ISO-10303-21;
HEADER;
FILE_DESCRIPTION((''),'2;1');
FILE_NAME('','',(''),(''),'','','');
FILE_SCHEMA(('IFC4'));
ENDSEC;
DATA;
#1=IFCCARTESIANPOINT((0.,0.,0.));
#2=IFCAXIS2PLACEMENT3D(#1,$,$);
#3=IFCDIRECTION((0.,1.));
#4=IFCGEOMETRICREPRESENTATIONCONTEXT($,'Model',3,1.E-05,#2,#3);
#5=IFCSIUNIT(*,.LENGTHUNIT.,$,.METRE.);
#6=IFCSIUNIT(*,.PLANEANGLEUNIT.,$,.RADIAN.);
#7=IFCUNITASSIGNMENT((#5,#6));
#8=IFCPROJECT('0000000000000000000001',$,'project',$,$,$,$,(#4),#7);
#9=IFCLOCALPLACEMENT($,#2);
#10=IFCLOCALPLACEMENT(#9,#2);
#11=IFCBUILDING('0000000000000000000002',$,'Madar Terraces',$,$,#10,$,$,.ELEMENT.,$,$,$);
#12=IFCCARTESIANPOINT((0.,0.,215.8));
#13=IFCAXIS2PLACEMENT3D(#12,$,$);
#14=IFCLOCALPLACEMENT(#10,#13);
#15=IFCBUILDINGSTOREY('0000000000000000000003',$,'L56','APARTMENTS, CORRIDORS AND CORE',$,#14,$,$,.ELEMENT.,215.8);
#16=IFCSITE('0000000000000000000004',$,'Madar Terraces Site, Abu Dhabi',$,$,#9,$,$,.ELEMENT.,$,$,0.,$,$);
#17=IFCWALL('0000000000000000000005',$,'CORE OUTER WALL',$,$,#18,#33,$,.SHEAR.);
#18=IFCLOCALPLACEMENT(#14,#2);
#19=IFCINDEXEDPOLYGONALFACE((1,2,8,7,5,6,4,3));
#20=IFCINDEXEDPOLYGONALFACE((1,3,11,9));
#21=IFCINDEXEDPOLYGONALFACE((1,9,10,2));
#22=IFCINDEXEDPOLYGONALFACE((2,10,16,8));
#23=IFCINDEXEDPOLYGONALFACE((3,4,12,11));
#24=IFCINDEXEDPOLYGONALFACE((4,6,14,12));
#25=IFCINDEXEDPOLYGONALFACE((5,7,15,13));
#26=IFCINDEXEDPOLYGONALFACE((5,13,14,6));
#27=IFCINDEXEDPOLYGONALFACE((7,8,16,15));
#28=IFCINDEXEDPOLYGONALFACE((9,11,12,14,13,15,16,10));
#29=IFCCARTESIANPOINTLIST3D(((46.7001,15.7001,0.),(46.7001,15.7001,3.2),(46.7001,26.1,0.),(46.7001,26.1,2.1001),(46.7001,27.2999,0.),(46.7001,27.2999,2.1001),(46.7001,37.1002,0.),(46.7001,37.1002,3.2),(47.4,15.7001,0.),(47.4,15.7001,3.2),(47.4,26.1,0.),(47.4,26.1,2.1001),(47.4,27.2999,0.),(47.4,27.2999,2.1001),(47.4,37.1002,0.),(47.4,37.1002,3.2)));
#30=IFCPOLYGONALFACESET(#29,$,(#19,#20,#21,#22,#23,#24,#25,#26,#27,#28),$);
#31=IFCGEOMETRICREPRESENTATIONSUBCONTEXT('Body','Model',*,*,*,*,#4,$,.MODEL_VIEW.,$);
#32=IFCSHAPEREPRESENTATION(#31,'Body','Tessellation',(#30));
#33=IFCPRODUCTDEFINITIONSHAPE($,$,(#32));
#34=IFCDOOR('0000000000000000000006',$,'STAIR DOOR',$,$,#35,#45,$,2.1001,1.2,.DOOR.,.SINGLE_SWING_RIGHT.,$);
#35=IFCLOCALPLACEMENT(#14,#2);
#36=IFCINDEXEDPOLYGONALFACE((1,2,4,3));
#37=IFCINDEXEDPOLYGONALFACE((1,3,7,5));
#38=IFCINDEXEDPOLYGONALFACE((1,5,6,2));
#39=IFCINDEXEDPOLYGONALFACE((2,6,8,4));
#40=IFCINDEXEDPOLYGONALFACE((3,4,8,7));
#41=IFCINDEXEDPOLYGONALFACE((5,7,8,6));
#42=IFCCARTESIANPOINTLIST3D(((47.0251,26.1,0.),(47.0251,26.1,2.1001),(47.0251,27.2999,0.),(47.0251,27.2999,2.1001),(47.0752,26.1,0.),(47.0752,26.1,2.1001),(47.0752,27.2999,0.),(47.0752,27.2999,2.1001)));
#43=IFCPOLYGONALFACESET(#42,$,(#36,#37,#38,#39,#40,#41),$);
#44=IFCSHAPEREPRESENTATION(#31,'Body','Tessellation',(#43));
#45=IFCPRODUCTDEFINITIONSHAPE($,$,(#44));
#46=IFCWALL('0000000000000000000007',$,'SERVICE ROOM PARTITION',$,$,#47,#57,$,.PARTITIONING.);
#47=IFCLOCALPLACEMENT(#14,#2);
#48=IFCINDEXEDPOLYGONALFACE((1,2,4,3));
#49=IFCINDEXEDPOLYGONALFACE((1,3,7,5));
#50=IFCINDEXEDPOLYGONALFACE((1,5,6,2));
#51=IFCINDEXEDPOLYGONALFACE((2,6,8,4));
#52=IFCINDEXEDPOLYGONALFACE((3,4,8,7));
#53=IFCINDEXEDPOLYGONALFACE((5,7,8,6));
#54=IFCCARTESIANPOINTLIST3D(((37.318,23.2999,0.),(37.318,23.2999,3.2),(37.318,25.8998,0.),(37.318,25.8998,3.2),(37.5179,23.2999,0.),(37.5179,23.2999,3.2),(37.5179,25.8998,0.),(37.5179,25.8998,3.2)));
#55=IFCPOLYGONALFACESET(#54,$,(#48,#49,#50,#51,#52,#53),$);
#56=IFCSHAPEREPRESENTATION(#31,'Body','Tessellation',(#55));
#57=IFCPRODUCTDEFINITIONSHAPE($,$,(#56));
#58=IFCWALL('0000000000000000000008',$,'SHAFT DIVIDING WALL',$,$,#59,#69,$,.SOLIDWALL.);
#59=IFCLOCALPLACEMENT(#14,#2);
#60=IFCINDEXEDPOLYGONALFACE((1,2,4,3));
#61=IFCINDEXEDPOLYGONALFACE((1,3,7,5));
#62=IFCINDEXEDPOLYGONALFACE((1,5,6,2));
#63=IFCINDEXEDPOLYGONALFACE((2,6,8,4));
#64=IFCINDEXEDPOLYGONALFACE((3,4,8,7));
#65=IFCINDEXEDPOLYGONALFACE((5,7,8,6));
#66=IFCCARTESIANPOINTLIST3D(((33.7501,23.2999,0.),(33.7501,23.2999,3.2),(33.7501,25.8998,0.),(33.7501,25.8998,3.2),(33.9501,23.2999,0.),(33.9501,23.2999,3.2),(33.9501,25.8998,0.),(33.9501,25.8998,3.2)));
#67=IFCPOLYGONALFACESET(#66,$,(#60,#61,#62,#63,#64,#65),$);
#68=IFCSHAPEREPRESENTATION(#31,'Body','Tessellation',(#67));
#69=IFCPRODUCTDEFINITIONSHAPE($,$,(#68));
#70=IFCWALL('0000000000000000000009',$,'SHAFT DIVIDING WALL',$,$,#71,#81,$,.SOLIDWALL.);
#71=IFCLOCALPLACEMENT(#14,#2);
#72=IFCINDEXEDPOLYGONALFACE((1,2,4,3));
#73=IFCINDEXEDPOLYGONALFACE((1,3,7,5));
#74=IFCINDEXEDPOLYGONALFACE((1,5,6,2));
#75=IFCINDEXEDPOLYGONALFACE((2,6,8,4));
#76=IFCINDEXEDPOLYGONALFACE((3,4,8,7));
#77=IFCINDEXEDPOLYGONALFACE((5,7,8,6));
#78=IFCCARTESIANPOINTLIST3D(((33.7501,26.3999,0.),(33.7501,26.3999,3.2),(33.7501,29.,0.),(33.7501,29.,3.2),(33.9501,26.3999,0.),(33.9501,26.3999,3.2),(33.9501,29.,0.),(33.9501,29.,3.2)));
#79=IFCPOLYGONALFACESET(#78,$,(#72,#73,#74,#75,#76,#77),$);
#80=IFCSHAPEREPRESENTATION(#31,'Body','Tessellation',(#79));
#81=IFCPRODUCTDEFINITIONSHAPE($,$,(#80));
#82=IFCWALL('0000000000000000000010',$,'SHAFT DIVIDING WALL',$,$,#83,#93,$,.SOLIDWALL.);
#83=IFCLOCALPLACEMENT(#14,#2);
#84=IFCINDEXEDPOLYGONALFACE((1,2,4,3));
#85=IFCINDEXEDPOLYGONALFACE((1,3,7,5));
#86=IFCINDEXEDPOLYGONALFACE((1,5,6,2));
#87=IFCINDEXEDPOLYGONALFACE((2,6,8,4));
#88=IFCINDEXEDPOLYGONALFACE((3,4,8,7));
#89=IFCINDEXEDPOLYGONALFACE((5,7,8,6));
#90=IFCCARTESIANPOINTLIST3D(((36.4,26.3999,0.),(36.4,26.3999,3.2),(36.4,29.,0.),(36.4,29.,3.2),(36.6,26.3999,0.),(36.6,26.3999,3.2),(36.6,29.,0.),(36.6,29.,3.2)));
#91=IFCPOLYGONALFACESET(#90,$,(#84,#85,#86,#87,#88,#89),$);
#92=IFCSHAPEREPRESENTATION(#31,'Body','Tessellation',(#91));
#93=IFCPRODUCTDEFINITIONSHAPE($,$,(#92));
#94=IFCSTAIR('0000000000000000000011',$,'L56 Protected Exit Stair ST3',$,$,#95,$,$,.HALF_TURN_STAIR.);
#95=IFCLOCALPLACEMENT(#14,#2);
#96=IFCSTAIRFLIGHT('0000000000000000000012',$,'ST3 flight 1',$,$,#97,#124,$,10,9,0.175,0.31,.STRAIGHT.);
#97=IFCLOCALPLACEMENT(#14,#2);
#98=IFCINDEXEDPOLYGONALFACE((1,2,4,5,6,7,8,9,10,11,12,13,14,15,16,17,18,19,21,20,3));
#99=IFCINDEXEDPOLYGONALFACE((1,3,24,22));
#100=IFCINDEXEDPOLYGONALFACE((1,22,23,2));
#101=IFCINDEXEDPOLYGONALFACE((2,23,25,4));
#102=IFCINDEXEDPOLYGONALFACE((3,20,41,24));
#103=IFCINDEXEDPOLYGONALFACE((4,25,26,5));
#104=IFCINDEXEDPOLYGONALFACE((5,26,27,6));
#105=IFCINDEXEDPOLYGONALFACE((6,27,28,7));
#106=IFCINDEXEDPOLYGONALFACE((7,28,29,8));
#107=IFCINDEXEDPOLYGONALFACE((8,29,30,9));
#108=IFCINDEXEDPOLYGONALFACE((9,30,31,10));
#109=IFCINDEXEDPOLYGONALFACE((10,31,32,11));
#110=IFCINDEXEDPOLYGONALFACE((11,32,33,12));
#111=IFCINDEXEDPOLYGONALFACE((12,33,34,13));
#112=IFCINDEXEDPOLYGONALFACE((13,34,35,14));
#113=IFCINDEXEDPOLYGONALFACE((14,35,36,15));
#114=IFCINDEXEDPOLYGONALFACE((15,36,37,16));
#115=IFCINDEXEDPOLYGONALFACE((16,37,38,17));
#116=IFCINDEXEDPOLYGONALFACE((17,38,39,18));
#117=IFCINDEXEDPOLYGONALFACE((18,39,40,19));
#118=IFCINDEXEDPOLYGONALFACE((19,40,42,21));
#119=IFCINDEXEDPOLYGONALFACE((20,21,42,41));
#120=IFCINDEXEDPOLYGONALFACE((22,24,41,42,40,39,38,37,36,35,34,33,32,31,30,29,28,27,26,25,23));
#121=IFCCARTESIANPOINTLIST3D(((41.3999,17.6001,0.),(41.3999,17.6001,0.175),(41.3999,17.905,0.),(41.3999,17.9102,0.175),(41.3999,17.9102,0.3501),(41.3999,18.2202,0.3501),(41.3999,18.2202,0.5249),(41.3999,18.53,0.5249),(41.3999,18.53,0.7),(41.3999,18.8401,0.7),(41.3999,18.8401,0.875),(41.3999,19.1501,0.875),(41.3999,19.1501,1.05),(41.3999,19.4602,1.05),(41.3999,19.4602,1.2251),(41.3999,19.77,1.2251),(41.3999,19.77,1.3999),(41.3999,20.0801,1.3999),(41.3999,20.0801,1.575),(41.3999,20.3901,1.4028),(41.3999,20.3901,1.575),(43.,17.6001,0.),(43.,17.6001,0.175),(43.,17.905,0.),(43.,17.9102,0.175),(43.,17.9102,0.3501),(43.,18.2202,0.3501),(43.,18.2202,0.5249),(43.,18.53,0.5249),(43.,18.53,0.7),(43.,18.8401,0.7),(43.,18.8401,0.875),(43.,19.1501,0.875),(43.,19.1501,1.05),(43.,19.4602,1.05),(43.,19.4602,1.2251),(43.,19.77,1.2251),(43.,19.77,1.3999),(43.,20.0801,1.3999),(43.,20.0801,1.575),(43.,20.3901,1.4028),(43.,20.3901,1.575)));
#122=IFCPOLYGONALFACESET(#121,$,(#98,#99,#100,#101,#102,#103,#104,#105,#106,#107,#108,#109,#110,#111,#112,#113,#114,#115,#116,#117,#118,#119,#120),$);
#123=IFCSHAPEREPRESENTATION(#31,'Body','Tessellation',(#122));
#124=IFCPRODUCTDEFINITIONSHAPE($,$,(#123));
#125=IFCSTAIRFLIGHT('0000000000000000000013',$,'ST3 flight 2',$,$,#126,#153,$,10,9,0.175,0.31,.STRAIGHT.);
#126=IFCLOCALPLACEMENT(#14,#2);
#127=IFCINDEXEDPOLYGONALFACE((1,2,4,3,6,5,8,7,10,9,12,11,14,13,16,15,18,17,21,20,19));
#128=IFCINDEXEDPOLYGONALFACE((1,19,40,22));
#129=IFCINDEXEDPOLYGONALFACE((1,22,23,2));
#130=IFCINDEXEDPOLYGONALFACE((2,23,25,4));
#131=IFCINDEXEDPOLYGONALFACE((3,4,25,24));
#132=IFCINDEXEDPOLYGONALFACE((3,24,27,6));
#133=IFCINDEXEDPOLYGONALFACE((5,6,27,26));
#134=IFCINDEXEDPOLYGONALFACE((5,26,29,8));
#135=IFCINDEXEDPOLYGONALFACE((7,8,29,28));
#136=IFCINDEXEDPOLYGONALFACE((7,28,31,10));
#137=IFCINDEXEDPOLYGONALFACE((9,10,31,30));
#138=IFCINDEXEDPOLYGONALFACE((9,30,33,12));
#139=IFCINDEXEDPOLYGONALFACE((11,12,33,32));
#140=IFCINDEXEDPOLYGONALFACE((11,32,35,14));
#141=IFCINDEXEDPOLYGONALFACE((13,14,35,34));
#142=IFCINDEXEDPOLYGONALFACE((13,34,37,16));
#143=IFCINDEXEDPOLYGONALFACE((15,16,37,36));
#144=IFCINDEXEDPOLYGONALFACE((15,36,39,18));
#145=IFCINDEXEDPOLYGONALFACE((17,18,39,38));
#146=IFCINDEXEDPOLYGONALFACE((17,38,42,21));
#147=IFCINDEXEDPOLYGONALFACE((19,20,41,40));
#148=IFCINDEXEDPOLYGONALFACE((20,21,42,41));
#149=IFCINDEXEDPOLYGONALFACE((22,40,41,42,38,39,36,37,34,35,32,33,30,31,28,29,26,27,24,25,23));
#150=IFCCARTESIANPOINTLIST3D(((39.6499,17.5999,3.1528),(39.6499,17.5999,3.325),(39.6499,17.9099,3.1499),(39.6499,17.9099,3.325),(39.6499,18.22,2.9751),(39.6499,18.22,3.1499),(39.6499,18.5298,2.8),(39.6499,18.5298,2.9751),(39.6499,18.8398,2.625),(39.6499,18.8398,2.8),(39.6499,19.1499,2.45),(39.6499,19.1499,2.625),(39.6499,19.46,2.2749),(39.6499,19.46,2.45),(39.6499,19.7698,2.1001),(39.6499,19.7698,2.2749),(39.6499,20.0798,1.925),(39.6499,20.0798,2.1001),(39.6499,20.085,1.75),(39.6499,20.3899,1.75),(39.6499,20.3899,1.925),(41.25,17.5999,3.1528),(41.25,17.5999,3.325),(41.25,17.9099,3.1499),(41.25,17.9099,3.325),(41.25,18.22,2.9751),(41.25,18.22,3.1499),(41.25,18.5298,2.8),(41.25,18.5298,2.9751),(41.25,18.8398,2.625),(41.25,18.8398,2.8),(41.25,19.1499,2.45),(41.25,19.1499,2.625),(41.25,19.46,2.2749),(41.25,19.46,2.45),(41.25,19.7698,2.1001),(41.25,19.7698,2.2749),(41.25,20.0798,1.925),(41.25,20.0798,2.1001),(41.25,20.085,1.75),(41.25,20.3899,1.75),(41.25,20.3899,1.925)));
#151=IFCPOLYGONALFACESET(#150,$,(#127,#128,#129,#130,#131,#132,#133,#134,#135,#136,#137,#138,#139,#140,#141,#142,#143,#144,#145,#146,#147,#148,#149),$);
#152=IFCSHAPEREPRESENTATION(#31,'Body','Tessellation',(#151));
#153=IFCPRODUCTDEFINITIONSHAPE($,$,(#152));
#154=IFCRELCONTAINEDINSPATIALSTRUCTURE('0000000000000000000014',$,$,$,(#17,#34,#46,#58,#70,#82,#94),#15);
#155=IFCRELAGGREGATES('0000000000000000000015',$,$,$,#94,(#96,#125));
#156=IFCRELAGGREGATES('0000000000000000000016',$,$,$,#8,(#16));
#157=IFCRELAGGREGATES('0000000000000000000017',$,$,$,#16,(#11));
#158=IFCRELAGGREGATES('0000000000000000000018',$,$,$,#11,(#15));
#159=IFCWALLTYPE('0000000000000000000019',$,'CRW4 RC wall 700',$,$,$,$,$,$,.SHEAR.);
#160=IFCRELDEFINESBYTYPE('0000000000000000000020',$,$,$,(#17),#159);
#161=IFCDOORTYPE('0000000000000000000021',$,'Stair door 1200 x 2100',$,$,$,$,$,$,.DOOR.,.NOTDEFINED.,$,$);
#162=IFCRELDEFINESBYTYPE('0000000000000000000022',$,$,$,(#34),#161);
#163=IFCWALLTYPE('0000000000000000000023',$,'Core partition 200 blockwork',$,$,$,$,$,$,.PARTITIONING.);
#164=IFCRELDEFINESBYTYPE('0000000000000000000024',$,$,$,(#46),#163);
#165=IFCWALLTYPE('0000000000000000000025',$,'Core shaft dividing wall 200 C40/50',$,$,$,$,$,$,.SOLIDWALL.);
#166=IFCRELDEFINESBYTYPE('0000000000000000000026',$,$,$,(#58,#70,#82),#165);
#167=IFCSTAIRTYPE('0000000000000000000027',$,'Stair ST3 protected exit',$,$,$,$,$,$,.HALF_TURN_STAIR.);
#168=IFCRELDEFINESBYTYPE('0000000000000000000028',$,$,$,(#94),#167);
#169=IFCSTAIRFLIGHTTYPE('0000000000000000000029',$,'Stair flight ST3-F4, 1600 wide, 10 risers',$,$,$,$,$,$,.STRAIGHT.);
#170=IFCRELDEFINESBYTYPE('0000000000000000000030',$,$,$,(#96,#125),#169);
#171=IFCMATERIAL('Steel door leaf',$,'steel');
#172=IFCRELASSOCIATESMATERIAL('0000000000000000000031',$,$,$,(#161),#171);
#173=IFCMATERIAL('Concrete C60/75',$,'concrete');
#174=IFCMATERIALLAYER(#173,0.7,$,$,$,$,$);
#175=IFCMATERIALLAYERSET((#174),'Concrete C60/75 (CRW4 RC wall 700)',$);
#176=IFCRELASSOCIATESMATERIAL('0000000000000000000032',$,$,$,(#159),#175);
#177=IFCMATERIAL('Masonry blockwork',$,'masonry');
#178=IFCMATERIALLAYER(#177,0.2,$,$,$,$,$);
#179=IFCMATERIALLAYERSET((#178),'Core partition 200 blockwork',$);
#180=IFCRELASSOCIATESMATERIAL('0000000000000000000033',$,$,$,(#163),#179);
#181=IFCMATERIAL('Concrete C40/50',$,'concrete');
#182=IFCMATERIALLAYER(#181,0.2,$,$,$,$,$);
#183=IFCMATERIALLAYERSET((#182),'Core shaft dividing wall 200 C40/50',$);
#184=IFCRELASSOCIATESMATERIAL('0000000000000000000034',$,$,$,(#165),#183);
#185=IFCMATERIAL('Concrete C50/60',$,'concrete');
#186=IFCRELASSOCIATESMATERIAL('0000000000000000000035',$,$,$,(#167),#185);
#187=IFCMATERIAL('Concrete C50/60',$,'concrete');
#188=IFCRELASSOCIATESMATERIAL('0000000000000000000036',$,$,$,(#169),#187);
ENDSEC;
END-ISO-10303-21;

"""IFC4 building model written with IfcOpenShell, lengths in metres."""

from ifc_helpers import new_model, si_unit, direction, frame, frame_2d, origin, place, context, subcontext, project, spatial, polyline, rectangle, outline, extrude, material, layer, layer_set, type_object, element, fill, aggregate, save


model = new_model("IFC4")

# Units and contexts
model_context = context("Model", 3, precision=1e-05, world=origin(), true_north=direction((0.0, 1.0)))
body_context = subcontext(model_context, "Body", "Model", "MODEL_VIEW")
ifc_project = project(units=[si_unit("LENGTHUNIT", "METRE"), si_unit("PLANEANGLEUNIT", "RADIAN")], contexts=[model_context])

# Site, building, storey
site_placement = place(None, origin())
site = spatial("IfcSite", under=ifc_project, at=site_placement, Name="Madar Terraces Site, Abu Dhabi", CompositionType="ELEMENT", RefElevation=0.0)
building_placement = place(site_placement, origin())
building = spatial("IfcBuilding", under=site, at=building_placement, Name="Madar Terraces", CompositionType="ELEMENT")
storey_placement = place(building_placement, frame((0.0, 0.0, 215.8)))
storey = spatial("IfcBuildingStorey", under=building, at=storey_placement, Name="L56", Description="APARTMENTS, CORRIDORS AND CORE", CompositionType="ELEMENT", Elevation=215.8)

# Shared definitions
ifc_material_1 = material(Name="Steel door leaf", Category="steel")
door_type_1 = type_object("IfcDoorType", Name="Stair door 1200 x 2100", OperationType="NOTDEFINED", PredefinedType="DOOR", material=ifc_material_1)

# Wall, opening, door
ifc_material_2 = material(Name="Concrete C60/75", Category="concrete")
ifc_layer_1 = layer(ifc_material_2, 0.7)
ifc_layer_set_1 = layer_set([ifc_layer_1], Name="Concrete C60/75 (CRW4 RC wall 700)")
wall_type_1 = type_object("IfcWallType", Name="CRW4 RC wall 700", PredefinedType="SHEAR", material=ifc_layer_set_1)
wall_1_placement = place(storey_placement, frame((47.05, 15.7, 0.0), z_axis=(0.0, 0.0, 1.0), x_axis=(0.0, 1.0, 0.0)))
wall_1 = element("IfcWall", 1, at=wall_1_placement, inside=storey, type_object=wall_type_1, Name="CORE OUTER WALL", PredefinedType="SHEAR", context=body_context, shape_type="SweptSolid", body=[
    extrude(rectangle(XDim=21.4001, YDim=0.7, at=frame_2d((10.7002, 0.0))), origin(), (0.0, 0.0, 1.0), 3.2),
])
opening_1_placement = place(wall_1_placement, frame((10.3999, 0.0, 0.0)))
opening_1 = element("IfcOpeningElement", 2, at=opening_1_placement, cuts=wall_1, PredefinedType="OPENING", context=body_context, shape_type="SweptSolid", body=[
    extrude(rectangle(XDim=1.2, YDim=2.1001, at=frame_2d((0.6001, 1.05))), frame((0.0, 0.3599, 0.0), z_axis=(0.0, -1.0, 0.0), x_axis=(1.0, 0.0, 0.0)), (0.0, 0.0, 1.0), 0.72),
])
door_1_placement = place(opening_1_placement, origin())
door_1 = element("IfcDoor", 3, at=door_1_placement, inside=storey, type_object=door_type_1, Name="STAIR DOOR", OperationType="SINGLE_SWING_RIGHT", OverallHeight=2.1001, OverallWidth=1.2, PredefinedType="DOOR", context=body_context, shape_type="SweptSolid", body=[
    extrude(rectangle(XDim=1.2, YDim=2.1001, at=frame_2d((0.6001, 1.05))), frame((0.0, 0.0249, 0.0), z_axis=(0.0, -1.0, 0.0), x_axis=(1.0, 0.0, 0.0)), (0.0, 0.0, 1.0), 0.05),
])
fill(opening_1, door_1)

# Walls
ifc_material_3 = material(Name="Masonry blockwork", Category="masonry")
ifc_layer_2 = layer(ifc_material_3, 0.2)
ifc_layer_set_2 = layer_set([ifc_layer_2], Name="Core partition 200 blockwork")
wall_type_2 = type_object("IfcWallType", Name="Core partition 200 blockwork", PredefinedType="PARTITIONING", material=ifc_layer_set_2)
wall_2_placement = place(storey_placement, frame((37.418, 23.3, 0.0), z_axis=(0.0, 0.0, 1.0), x_axis=(0.0, 1.0, 0.0)))
element("IfcWall", 4, at=wall_2_placement, inside=storey, type_object=wall_type_2, Name="SERVICE ROOM PARTITION", PredefinedType="PARTITIONING", context=body_context, shape_type="SweptSolid", body=[
    extrude(rectangle(XDim=2.5999, YDim=0.2, at=frame_2d((1.2998, 0.0))), origin(), (0.0, 0.0, 1.0), 3.2),
])
ifc_material_4 = material(Name="Concrete C40/50", Category="concrete")
ifc_layer_3 = layer(ifc_material_4, 0.2)
ifc_layer_set_3 = layer_set([ifc_layer_3], Name="Core shaft dividing wall 200 C40/50")
wall_type_3 = type_object("IfcWallType", Name="Core shaft dividing wall 200 C40/50", PredefinedType="SOLIDWALL", material=ifc_layer_set_3)
wall_3_placement = place(storey_placement, frame((33.8501, 23.3, 0.0), z_axis=(0.0, 0.0, 1.0), x_axis=(0.0, 1.0, 0.0)))
element("IfcWall", 5, at=wall_3_placement, inside=storey, type_object=wall_type_3, Name="SHAFT DIVIDING WALL", PredefinedType="SOLIDWALL", context=body_context, shape_type="SweptSolid", body=[
    extrude(rectangle(XDim=2.5999, YDim=0.2, at=frame_2d((1.2998, 0.0))), origin(), (0.0, 0.0, 1.0), 3.2),
])
for number, where, z_axis, x_axis, name in (
    (6, (33.8501, 26.3999, 0.0), (0.0, 0.0, 1.0), (0.0, 1.0, 0.0), "SHAFT DIVIDING WALL"),
    (7, (36.5, 26.3999, 0.0), (0.0, 0.0, 1.0), (0.0, 1.0, 0.0), "SHAFT DIVIDING WALL"),
):
    element("IfcWall", number, at=place(storey_placement, frame(where, z_axis=z_axis, x_axis=x_axis)), inside=storey, type_object=wall_type_3, Name=name, PredefinedType="SOLIDWALL", context=body_context, shape_type="SweptSolid", body=[
        extrude(rectangle(XDim=2.6001, YDim=0.2, at=frame_2d((1.3, 0.0))), origin(), (0.0, 0.0, 1.0), 3.2),
    ])

# Stair, stair flights
ifc_material_5 = material(Name="Concrete C50/60", Category="concrete")
stair_type = type_object("IfcStairType", Name="Stair ST3 protected exit", PredefinedType="HALF_TURN_STAIR", material=ifc_material_5)
stair_placement = place(storey_placement, origin())
stair = element("IfcStair", 8, at=stair_placement, inside=storey, type_object=stair_type, Name="L56 Protected Exit Stair ST3", PredefinedType="HALF_TURN_STAIR")
ifc_material_6 = material(Name="Concrete C50/60", Category="concrete")
stair_flight_type = type_object("IfcStairFlightType", Name="Stair flight ST3-F4, 1600 wide, 10 risers", PredefinedType="STRAIGHT", material=ifc_material_6)
stair_flight_1_placement = place(storey_placement, frame((42.2, 17.6001, 0.0), z_axis=(0.0, 0.0, 1.0), x_axis=(0.0, 1.0, 0.0)))
stair_flight_1 = element("IfcStairFlight", 9, at=stair_flight_1_placement, type_object=stair_flight_type, Name="ST3 flight 1", NumberOfRisers=10, NumberOfTreads=9, PredefinedType="STRAIGHT", RiserHeight=0.175, TreadLength=0.31, context=body_context, shape_type="SweptSolid", body=[
    extrude(outline(polyline([(0.0, 0.0), (0.0, 0.175), (0.3101, 0.175), (0.3101, 0.3501), (0.6201, 0.3501), (0.6201, 0.5249), (0.9299, 0.5249), (0.9299, 0.7), (1.24, 0.7), (1.24, 0.875), (1.55, 0.875), (1.55, 1.05), (1.8601, 1.05), (1.8601, 1.2251), (2.1699, 1.2251), (2.1699, 1.3999), (2.48, 1.3999), (2.48, 1.575), (2.79, 1.575), (2.79, 1.75), (2.79, 1.4028), (0.3049, 0.0), (0.0, 0.0)])), frame((0.0, 0.8, 0.0), z_axis=(0.0, -1.0, 0.0), x_axis=(1.0, 0.0, 0.0)), (0.0, 0.0, 1.0), 1.6001),
])
stair_flight_2_placement = place(storey_placement, frame((40.45, 20.3899, 1.75), z_axis=(0.0, 0.0, 1.0), x_axis=(0.0, -1.0, 0.0)))
stair_flight_2 = element("IfcStairFlight", 10, at=stair_flight_2_placement, type_object=stair_flight_type, Name="ST3 flight 2", NumberOfRisers=10, NumberOfTreads=9, PredefinedType="STRAIGHT", RiserHeight=0.175, TreadLength=0.31, context=body_context, shape_type="SweptSolid", body=[
    extrude(outline(polyline([(0.0, 0.0), (0.0, 0.175), (0.3101, 0.175), (0.3101, 0.3501), (0.6201, 0.3501), (0.6201, 0.5249), (0.9299, 0.5249), (0.9299, 0.7), (1.24, 0.7), (1.24, 0.875), (1.55, 0.875), (1.55, 1.05), (1.8601, 1.05), (1.8601, 1.2251), (2.1699, 1.2251), (2.1699, 1.3999), (2.48, 1.3999), (2.48, 1.575), (2.79, 1.575), (2.79, 1.75), (2.79, 1.4028), (0.3049, 0.0), (0.0, 0.0)])), frame((0.0, 0.8, 0.0), z_axis=(0.0, -1.0, 0.0), x_axis=(1.0, 0.0, 0.0)), (0.0, 0.0, 1.0), 1.6001),
])
aggregate(stair, [stair_flight_1, stair_flight_2])

save(model, "model.ifc")
